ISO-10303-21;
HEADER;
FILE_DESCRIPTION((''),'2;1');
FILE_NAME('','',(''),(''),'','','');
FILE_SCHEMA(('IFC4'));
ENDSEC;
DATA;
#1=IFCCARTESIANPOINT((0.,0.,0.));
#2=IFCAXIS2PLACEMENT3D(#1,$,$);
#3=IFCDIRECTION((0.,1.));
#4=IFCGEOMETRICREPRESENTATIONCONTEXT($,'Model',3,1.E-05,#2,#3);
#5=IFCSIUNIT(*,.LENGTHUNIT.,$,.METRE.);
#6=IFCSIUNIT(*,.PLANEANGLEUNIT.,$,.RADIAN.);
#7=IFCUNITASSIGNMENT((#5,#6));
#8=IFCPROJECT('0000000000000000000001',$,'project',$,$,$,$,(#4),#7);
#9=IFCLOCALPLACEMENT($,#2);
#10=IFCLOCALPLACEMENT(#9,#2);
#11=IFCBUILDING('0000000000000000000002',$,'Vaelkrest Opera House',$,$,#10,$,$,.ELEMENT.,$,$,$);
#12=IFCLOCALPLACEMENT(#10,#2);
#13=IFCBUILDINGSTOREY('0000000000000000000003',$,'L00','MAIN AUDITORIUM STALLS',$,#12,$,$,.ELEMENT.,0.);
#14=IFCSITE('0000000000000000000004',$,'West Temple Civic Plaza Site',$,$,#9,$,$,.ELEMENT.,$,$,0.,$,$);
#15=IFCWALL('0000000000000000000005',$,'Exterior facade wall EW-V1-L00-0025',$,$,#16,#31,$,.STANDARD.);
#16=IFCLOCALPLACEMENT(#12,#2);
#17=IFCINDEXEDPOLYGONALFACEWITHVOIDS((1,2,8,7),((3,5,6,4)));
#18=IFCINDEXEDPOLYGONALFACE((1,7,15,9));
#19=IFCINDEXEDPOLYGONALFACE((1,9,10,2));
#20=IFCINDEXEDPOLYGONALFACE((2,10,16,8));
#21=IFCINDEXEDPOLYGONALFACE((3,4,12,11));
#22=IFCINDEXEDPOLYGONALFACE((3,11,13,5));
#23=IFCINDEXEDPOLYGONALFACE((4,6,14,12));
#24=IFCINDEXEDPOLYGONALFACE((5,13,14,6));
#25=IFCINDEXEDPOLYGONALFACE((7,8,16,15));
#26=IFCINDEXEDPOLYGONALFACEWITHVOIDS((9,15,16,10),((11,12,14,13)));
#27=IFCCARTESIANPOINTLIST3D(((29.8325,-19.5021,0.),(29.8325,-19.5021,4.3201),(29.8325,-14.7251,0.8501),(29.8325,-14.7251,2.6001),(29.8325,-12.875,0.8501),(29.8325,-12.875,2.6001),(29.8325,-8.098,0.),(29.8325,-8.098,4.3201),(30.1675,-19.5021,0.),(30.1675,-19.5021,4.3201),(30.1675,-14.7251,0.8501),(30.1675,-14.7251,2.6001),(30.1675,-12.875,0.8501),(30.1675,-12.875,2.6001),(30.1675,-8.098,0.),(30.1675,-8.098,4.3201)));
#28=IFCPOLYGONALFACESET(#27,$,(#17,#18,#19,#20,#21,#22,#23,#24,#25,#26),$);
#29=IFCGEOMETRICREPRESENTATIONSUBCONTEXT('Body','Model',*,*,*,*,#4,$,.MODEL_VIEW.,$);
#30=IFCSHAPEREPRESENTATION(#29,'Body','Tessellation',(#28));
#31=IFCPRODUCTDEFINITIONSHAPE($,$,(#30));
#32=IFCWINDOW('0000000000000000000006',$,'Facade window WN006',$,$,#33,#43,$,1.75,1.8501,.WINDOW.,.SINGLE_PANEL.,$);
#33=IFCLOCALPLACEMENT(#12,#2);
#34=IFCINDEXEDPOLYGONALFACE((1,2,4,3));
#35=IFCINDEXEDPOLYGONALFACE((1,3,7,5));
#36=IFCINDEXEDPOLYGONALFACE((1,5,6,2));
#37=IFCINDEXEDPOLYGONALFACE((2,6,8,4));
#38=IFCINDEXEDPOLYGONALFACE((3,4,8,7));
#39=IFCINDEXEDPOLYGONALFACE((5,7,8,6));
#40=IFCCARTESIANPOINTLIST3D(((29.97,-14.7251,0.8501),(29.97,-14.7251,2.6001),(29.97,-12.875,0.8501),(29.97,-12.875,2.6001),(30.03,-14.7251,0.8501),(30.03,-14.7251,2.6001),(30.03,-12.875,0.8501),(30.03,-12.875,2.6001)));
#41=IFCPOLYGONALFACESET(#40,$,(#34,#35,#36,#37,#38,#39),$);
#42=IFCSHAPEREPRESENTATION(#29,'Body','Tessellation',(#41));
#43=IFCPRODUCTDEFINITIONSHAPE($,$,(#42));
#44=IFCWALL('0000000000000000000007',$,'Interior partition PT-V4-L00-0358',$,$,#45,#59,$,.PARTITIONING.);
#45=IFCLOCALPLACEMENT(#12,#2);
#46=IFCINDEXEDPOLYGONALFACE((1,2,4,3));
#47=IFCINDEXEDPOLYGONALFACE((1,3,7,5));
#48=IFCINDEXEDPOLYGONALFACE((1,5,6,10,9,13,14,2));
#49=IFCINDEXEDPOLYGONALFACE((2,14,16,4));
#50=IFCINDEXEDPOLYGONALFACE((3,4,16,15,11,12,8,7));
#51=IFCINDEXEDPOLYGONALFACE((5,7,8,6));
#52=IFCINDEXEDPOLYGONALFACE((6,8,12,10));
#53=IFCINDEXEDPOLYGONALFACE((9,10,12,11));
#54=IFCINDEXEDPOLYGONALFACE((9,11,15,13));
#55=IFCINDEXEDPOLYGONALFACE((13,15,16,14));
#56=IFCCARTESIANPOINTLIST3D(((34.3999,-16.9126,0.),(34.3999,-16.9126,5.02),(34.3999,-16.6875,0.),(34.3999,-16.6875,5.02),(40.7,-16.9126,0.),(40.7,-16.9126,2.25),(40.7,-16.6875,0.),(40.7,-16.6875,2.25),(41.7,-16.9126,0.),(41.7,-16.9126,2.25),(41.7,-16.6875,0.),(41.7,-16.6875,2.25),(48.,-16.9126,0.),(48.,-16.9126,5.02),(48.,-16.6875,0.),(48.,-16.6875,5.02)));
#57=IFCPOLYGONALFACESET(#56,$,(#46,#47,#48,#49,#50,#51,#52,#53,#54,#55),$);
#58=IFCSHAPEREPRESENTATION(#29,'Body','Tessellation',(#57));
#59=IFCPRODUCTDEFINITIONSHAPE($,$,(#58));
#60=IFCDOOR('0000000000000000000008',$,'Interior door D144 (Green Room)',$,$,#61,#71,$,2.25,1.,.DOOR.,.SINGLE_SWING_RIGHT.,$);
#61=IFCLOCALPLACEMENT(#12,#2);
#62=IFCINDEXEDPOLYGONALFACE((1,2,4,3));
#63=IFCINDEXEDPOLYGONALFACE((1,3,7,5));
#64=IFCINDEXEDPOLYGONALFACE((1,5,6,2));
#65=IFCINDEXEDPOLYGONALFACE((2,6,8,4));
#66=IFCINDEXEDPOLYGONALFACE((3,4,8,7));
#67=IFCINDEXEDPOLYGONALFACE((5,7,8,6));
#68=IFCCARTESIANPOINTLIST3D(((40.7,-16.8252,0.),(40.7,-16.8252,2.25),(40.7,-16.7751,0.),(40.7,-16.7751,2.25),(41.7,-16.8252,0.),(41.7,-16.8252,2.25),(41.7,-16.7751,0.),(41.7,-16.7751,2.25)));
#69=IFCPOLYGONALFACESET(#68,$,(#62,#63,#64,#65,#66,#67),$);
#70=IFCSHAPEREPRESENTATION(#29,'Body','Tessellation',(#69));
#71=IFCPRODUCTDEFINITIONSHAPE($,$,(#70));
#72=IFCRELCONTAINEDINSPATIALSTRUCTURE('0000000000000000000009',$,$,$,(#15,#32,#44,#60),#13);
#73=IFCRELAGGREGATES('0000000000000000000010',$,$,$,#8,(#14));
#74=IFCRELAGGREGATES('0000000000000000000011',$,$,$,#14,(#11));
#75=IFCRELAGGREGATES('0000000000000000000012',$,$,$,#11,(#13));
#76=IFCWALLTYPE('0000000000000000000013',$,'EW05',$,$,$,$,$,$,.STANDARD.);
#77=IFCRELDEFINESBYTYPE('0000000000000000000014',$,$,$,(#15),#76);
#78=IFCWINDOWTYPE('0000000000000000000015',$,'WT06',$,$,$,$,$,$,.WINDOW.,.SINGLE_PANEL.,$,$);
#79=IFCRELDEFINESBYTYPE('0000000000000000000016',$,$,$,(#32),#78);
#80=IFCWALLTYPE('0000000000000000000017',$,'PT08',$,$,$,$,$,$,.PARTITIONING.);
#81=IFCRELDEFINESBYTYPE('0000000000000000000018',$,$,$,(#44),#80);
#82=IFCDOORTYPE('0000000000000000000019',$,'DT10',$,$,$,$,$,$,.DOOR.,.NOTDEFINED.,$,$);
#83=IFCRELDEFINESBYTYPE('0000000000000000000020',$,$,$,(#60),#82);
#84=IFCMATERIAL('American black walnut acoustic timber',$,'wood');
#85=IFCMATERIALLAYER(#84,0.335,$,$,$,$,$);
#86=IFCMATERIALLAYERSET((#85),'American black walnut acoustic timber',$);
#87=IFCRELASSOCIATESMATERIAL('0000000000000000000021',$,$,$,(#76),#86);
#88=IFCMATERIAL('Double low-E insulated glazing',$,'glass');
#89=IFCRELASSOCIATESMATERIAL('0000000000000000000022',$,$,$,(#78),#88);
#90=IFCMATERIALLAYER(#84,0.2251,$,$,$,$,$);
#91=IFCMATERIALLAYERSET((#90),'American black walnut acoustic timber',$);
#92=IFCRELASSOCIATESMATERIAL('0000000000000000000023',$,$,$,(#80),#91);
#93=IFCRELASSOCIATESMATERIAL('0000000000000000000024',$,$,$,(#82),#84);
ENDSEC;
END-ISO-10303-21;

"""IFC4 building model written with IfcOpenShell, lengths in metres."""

from ifc_helpers import new_model, si_unit, direction, frame, frame_2d, origin, place, context, subcontext, project, spatial, rectangle, extrude, material, layer, layer_set, type_object, element, fill, save


model = new_model("IFC4")

# Units and contexts
model_context = context("Model", 3, precision=1e-05, world=origin(), true_north=direction((0.0, 1.0)))
body_context = subcontext(model_context, "Body", "Model", "MODEL_VIEW")
ifc_project = project(units=[si_unit("LENGTHUNIT", "METRE"), si_unit("PLANEANGLEUNIT", "RADIAN")], contexts=[model_context])

# Site, building, storey
site_placement = place(None, origin())
site = spatial("IfcSite", under=ifc_project, at=site_placement, Name="West Temple Civic Plaza Site", CompositionType="ELEMENT", RefElevation=0.0)
building_placement = place(site_placement, origin())
building = spatial("IfcBuilding", under=site, at=building_placement, Name="Vaelkrest Opera House", CompositionType="ELEMENT")
storey_placement = place(building_placement, origin())
storey = spatial("IfcBuildingStorey", under=building, at=storey_placement, Name="L00", Description="MAIN AUDITORIUM STALLS", CompositionType="ELEMENT", Elevation=0.0)

# Shared definitions
ifc_material_1 = material(Name="Double low-E insulated glazing", Category="glass")

# Wall, opening, window
ifc_material_2 = material(Name="American black walnut acoustic timber", Category="wood")
ifc_layer_1 = layer(ifc_material_2, 0.335)
ifc_layer_set_1 = layer_set([ifc_layer_1], Name="American black walnut acoustic timber")
wall_type_1 = type_object("IfcWallType", Name="EW05", PredefinedType="STANDARD", material=ifc_layer_set_1)
wall_1_placement = place(storey_placement, frame((30.0, -8.0979, 0.0), z_axis=(0.0, 0.0, 1.0), x_axis=(0.0, -1.0, 0.0)))
wall_1 = element("IfcWall", 1, at=wall_1_placement, inside=storey, type_object=wall_type_1, Name="Exterior facade wall EW-V1-L00-0025", PredefinedType="STANDARD", context=body_context, shape_type="SweptSolid", body=[
    extrude(rectangle(XDim=11.4041, YDim=0.335, at=frame_2d((5.7021, 0.0))), origin(), (0.0, 0.0, 1.0), 4.3201),
])
opening_1_placement = place(wall_1_placement, frame((4.7771, 0.0, 0.8501)))
opening_1 = element("IfcOpeningElement", 2, at=opening_1_placement, cuts=wall_1, PredefinedType="OPENING", context=body_context, shape_type="SweptSolid", body=[
    extrude(rectangle(XDim=1.8501, YDim=1.75, at=frame_2d((0.925, 0.875))), frame((0.0, 0.1775, 0.0), z_axis=(0.0, -1.0, 0.0), x_axis=(1.0, 0.0, 0.0)), (0.0, 0.0, 1.0), 0.355),
])
window_type = type_object("IfcWindowType", Name="WT06", PartitioningType="SINGLE_PANEL", PredefinedType="WINDOW", material=ifc_material_1)
window_placement = place(opening_1_placement, origin())
window = element("IfcWindow", 3, at=window_placement, inside=storey, type_object=window_type, Name="Facade window WN006", OverallHeight=1.75, OverallWidth=1.8501, PartitioningType="SINGLE_PANEL", PredefinedType="WINDOW", context=body_context, shape_type="SweptSolid", body=[
    extrude(rectangle(XDim=1.8501, YDim=1.75, at=frame_2d((0.925, 0.875))), frame((0.0, 0.03, 0.0), z_axis=(0.0, -1.0, 0.0), x_axis=(1.0, 0.0, 0.0)), (0.0, 0.0, 1.0), 0.0601),
])
fill(opening_1, window)

# Wall, opening, door
ifc_layer_2 = layer(ifc_material_2, 0.2251)
ifc_layer_set_2 = layer_set([ifc_layer_2], Name="American black walnut acoustic timber")
wall_type_2 = type_object("IfcWallType", Name="PT08", PredefinedType="PARTITIONING", material=ifc_layer_set_2)
wall_2_placement = place(storey_placement, frame((34.3999, -16.8, 0.0), z_axis=(0.0, 0.0, 1.0), x_axis=(1.0, 0.0, 0.0)))
wall_2 = element("IfcWall", 4, at=wall_2_placement, inside=storey, type_object=wall_type_2, Name="Interior partition PT-V4-L00-0358", PredefinedType="PARTITIONING", context=body_context, shape_type="SweptSolid", body=[
    extrude(rectangle(XDim=13.6001, YDim=0.2251, at=frame_2d((6.8, 0.0))), origin(), (0.0, 0.0, 1.0), 5.02),
])
opening_2_placement = place(wall_2_placement, frame((6.3, 0.0, 0.0)))
opening_2 = element("IfcOpeningElement", 5, at=opening_2_placement, cuts=wall_2, PredefinedType="OPENING", context=body_context, shape_type="SweptSolid", body=[
    extrude(rectangle(XDim=1.0, YDim=2.25, at=frame_2d((0.5, 1.125))), frame((0.0, 0.1226, 0.0), z_axis=(0.0, -1.0, 0.0), x_axis=(1.0, 0.0, 0.0)), (0.0, 0.0, 1.0), 0.2451),
])
door_type = type_object("IfcDoorType", Name="DT10", OperationType="NOTDEFINED", PredefinedType="DOOR", material=ifc_material_2)
door_placement = place(opening_2_placement, origin())
door = element("IfcDoor", 6, at=door_placement, inside=storey, type_object=door_type, Name="Interior door D144 (Green Room)", OperationType="SINGLE_SWING_RIGHT", OverallHeight=2.25, OverallWidth=1.0, PredefinedType="DOOR", context=body_context, shape_type="SweptSolid", body=[
    extrude(rectangle(XDim=1.0, YDim=2.25, at=frame_2d((0.5, 1.125))), frame((0.0, 0.0249, 0.0), z_axis=(0.0, -1.0, 0.0), x_axis=(1.0, 0.0, 0.0)), (0.0, 0.0, 1.0), 0.05),
])
fill(opening_2, door)

save(model, "model.ifc")
